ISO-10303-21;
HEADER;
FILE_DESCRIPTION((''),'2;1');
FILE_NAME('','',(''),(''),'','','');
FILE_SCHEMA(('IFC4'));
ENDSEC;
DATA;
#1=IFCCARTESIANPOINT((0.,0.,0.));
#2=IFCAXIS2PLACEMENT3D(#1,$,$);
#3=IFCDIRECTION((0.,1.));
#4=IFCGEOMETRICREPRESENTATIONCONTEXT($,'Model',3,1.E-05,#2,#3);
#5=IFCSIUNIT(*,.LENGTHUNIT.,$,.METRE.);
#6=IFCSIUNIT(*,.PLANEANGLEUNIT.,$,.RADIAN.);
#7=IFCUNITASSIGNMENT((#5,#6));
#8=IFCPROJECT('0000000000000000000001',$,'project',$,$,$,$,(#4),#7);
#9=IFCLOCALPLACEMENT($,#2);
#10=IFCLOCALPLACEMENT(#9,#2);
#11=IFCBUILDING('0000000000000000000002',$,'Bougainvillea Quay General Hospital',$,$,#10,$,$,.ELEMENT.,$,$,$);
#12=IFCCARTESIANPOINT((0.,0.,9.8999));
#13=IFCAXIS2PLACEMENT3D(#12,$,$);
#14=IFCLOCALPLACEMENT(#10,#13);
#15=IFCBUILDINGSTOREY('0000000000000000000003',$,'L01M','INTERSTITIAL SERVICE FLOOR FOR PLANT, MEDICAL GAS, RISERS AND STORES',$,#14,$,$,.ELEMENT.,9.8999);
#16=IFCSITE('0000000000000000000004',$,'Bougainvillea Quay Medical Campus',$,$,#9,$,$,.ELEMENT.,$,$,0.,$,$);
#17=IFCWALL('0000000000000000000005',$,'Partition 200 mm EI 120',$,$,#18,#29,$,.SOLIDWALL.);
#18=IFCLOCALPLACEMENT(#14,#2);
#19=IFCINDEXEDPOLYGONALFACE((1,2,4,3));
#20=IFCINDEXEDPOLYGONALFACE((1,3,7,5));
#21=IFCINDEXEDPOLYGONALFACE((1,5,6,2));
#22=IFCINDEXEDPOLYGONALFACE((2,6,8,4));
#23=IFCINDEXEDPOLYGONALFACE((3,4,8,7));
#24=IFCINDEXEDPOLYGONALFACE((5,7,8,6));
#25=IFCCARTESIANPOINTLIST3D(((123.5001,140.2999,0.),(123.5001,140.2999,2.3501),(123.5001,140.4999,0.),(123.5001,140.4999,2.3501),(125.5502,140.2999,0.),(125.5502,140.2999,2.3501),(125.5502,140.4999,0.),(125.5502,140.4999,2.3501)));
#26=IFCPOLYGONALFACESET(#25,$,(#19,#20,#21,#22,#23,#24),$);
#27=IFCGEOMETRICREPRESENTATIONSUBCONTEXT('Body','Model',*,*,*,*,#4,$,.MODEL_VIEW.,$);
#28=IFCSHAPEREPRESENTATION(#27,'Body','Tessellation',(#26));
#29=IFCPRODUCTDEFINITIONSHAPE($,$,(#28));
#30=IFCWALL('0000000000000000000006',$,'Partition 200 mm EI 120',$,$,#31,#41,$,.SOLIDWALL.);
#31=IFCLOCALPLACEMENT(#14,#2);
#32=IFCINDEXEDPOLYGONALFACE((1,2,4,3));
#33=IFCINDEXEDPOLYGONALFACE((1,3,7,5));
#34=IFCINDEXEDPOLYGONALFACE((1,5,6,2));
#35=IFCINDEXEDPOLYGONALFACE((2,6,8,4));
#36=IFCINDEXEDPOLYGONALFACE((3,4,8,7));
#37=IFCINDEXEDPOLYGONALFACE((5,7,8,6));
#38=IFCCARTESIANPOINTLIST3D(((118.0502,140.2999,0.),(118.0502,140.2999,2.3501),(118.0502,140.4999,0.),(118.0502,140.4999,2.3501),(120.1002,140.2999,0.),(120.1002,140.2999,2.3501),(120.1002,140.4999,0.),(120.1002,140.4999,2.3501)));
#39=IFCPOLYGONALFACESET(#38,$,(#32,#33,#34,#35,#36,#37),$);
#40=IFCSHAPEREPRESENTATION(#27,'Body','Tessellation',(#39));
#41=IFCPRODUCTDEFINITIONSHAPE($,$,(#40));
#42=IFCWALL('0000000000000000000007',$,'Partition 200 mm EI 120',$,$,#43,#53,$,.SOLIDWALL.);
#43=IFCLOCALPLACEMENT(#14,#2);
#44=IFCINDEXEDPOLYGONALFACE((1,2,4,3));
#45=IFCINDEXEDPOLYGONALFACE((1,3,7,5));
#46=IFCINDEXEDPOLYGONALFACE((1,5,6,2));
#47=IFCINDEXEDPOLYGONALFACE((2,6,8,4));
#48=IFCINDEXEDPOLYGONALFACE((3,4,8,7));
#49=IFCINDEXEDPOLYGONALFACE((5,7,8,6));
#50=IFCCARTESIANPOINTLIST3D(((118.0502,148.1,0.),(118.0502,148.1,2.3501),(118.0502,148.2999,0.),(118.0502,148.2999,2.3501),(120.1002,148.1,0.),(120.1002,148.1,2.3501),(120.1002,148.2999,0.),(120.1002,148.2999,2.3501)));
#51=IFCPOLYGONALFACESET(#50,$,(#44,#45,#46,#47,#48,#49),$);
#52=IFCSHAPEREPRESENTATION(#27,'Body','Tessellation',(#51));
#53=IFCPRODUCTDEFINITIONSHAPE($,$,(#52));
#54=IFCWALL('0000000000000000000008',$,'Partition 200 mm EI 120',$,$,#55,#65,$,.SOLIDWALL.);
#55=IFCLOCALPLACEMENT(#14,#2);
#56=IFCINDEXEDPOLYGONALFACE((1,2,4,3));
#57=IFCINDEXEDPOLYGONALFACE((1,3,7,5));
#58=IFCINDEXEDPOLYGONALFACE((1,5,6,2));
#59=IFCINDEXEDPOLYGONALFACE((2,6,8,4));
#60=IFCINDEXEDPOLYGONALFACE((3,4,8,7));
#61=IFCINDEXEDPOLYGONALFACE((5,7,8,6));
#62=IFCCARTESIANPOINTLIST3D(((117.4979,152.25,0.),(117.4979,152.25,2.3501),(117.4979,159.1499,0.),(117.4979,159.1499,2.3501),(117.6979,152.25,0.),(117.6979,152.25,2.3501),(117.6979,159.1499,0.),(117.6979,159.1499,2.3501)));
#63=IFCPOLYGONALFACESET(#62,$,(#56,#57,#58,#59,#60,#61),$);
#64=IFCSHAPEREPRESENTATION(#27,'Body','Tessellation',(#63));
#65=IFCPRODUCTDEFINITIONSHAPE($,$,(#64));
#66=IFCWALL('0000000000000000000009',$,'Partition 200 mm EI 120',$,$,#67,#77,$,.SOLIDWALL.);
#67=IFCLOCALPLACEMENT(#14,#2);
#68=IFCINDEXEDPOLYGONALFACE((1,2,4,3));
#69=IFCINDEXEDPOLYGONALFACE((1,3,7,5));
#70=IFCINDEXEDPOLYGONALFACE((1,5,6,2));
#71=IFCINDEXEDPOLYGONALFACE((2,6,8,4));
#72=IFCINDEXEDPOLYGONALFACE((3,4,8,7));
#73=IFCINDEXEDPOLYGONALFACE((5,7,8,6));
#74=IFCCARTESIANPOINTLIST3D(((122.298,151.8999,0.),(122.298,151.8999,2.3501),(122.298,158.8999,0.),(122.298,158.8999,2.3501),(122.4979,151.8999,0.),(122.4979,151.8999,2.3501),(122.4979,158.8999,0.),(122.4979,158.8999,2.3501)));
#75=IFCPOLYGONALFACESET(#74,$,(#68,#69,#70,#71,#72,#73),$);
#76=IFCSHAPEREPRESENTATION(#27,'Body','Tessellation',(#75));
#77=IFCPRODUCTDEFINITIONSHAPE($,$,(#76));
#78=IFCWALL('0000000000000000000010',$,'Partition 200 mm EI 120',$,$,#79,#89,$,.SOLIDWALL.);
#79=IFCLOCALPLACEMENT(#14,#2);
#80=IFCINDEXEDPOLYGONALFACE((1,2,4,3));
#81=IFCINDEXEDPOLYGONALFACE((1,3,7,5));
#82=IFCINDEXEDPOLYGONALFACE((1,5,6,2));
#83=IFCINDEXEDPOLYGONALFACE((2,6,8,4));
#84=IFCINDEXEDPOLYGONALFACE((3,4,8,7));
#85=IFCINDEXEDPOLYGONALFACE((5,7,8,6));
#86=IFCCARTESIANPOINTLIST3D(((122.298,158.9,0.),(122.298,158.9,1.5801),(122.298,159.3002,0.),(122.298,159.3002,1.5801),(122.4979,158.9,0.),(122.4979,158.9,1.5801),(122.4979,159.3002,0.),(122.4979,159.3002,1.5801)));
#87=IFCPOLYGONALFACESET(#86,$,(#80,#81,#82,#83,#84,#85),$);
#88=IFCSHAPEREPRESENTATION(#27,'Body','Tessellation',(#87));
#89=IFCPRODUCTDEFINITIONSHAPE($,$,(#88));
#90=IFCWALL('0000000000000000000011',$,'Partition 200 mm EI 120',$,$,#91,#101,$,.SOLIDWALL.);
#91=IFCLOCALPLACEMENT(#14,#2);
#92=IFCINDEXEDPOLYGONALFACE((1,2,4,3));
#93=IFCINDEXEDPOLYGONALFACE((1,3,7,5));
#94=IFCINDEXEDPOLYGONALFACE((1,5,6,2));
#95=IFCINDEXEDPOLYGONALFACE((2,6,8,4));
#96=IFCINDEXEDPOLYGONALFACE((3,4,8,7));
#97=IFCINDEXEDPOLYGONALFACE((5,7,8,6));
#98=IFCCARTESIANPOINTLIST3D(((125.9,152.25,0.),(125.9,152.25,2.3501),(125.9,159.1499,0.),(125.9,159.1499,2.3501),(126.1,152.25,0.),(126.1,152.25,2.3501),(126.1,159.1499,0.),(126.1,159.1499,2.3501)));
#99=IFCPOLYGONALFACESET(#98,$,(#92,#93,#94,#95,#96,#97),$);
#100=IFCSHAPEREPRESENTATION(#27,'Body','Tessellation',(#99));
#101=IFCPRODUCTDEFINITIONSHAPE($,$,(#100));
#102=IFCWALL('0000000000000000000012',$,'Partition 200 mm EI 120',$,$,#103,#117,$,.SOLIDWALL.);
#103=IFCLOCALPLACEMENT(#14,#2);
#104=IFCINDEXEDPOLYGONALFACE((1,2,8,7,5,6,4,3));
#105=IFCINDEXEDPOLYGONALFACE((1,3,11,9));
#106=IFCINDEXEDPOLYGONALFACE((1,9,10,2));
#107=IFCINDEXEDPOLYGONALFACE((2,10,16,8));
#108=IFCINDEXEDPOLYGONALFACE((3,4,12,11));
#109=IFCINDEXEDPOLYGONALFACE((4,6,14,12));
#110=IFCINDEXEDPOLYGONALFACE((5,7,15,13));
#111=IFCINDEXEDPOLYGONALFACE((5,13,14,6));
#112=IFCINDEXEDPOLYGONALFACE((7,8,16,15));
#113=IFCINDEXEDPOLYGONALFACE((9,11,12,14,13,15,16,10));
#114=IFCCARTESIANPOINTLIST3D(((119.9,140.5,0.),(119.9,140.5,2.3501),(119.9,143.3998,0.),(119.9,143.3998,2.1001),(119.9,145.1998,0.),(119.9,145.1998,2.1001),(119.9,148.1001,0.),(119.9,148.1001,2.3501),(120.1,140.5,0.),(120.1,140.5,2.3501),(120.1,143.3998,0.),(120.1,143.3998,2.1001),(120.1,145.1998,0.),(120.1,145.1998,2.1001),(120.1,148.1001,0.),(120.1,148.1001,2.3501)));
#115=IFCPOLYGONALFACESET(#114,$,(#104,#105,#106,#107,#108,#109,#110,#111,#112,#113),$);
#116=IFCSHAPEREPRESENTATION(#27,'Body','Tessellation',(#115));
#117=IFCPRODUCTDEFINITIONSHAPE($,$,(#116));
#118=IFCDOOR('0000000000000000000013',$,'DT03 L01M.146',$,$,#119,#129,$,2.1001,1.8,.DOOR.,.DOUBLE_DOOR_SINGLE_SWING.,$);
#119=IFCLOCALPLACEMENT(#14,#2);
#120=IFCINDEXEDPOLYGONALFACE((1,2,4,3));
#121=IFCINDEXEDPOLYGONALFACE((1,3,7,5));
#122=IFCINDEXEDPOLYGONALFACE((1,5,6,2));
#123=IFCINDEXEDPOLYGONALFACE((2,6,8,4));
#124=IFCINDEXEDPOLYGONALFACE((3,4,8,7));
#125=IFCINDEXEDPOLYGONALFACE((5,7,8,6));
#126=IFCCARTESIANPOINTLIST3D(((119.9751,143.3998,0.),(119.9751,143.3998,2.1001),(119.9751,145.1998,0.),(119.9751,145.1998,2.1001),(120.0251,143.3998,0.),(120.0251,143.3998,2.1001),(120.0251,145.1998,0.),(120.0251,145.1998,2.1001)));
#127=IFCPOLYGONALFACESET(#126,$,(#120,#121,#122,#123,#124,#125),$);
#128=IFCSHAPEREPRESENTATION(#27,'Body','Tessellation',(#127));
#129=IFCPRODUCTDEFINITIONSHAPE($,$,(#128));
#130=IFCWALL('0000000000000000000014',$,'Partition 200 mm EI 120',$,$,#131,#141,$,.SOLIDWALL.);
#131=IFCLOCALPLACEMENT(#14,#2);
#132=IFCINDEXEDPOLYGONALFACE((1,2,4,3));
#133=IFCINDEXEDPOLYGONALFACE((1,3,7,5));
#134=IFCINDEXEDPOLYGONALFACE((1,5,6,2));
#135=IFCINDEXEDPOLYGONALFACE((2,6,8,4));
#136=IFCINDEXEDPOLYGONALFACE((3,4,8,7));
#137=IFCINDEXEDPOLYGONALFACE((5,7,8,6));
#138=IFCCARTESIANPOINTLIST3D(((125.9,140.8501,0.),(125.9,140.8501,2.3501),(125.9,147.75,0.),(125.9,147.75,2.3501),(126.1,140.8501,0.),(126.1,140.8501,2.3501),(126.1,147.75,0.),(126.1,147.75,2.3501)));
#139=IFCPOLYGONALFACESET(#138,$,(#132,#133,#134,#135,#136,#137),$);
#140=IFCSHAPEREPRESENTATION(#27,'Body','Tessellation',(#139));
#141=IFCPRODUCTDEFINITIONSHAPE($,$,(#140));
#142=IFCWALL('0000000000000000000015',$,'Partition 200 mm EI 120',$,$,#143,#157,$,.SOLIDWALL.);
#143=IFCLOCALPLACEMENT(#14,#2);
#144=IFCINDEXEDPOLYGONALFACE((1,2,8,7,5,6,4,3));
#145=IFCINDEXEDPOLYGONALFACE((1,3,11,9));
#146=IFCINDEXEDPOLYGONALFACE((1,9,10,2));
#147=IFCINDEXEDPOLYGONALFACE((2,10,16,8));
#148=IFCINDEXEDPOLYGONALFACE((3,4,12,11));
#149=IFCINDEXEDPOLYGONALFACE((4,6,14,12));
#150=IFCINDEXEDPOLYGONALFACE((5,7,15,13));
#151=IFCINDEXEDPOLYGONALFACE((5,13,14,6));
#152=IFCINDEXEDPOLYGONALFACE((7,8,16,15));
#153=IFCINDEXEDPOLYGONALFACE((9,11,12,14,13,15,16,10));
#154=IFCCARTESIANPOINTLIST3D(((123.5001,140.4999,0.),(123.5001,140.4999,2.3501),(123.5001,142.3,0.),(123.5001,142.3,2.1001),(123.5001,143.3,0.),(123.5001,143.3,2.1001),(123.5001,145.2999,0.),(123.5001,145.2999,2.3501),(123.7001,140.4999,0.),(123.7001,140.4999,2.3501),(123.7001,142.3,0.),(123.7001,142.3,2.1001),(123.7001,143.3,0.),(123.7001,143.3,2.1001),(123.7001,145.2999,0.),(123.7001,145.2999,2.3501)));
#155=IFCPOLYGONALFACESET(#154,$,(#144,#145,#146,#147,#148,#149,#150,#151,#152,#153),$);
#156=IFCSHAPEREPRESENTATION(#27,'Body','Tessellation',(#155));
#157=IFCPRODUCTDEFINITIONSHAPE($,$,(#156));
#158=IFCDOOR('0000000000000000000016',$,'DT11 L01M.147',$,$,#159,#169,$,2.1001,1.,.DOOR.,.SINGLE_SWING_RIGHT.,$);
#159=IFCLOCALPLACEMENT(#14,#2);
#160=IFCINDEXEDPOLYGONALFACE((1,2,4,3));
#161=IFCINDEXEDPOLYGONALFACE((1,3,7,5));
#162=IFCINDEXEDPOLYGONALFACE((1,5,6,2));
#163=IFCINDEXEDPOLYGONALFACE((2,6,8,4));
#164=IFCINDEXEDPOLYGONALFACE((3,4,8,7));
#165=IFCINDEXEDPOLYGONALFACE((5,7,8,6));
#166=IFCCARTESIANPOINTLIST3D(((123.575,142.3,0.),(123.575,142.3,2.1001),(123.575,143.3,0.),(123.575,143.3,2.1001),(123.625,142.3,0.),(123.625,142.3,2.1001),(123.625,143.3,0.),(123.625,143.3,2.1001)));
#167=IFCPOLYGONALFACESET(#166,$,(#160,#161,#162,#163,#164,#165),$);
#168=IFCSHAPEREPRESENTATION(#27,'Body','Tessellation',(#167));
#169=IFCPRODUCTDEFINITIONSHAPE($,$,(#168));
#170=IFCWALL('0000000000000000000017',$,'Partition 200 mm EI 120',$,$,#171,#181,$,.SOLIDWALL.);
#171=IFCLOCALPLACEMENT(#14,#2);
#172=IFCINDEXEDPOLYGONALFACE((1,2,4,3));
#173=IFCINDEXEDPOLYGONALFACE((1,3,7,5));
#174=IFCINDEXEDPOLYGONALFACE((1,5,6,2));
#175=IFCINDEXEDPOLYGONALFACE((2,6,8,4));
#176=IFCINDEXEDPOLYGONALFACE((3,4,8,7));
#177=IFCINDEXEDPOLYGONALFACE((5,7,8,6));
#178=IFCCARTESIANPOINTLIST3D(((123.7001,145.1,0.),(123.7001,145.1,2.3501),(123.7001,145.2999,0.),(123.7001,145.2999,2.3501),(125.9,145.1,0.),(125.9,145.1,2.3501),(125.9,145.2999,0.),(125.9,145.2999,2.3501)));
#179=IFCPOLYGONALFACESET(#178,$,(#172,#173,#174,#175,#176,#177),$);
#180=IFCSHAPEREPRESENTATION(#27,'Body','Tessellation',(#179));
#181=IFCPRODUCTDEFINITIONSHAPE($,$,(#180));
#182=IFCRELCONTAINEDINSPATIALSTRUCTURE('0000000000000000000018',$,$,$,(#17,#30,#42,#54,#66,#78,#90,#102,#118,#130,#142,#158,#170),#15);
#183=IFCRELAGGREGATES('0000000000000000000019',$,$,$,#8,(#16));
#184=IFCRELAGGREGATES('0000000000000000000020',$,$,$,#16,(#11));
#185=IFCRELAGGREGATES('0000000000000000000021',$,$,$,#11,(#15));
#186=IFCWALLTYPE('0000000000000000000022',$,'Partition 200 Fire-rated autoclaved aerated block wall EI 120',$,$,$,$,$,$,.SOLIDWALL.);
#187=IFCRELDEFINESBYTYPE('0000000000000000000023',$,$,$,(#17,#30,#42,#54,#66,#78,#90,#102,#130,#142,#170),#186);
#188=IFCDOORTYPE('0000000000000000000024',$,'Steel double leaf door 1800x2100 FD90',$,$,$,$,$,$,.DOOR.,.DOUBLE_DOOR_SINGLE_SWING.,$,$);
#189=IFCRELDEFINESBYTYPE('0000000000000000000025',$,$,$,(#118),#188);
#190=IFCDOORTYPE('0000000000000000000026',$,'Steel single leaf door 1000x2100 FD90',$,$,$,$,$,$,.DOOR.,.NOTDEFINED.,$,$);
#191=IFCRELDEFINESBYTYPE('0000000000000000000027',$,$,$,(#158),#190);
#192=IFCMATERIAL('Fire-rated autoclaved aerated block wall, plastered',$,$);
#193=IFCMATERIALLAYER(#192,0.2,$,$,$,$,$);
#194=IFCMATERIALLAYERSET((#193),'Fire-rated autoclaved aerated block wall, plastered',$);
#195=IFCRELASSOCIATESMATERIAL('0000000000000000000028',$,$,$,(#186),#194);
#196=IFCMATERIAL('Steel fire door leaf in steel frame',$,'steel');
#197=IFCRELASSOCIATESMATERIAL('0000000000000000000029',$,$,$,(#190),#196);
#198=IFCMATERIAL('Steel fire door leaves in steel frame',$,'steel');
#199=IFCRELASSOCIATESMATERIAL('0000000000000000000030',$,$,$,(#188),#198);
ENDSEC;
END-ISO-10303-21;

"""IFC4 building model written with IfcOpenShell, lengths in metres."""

from ifc_helpers import new_model, si_unit, direction, frame, frame_2d, origin, place, context, subcontext, project, spatial, rectangle, extrude, material, layer, layer_set, type_object, element, fill, save


model = new_model("IFC4")

# Units and contexts
model_context = context("Model", 3, precision=1e-05, world=origin(), true_north=direction((0.0, 1.0)))
body_context = subcontext(model_context, "Body", "Model", "MODEL_VIEW")
ifc_project = project(units=[si_unit("LENGTHUNIT", "METRE"), si_unit("PLANEANGLEUNIT", "RADIAN")], contexts=[model_context])

# Site, building, storey
site_placement = place(None, origin())
site = spatial("IfcSite", under=ifc_project, at=site_placement, Name="Bougainvillea Quay Medical Campus", CompositionType="ELEMENT", RefElevation=0.0)
building_placement = place(site_placement, origin())
building = spatial("IfcBuilding", under=site, at=building_placement, Name="Bougainvillea Quay General Hospital", CompositionType="ELEMENT")
storey_placement = place(building_placement, frame((0.0, 0.0, 9.8999)))
storey = spatial("IfcBuildingStorey", under=building, at=storey_placement, Name="L01M", Description="INTERSTITIAL SERVICE FLOOR FOR PLANT, MEDICAL GAS, RISERS AND STORES", CompositionType="ELEMENT", Elevation=9.8999)

# Shared definitions
ifc_material_1 = material(Name="Fire-rated autoclaved aerated block wall, plastered")
ifc_layer_1 = layer(ifc_material_1, 0.2)
ifc_layer_set_1 = layer_set([ifc_layer_1], Name="Fire-rated autoclaved aerated block wall, plastered")
wall_type_1 = type_object("IfcWallType", Name="Partition 200 Fire-rated autoclaved aerated block wall EI 120", PredefinedType="SOLIDWALL", material=ifc_layer_set_1)
ifc_material_2 = material(Name="Steel fire door leaf in steel frame", Category="steel")
door_type_1 = type_object("IfcDoorType", Name="Steel single leaf door 1000x2100 FD90", OperationType="NOTDEFINED", PredefinedType="DOOR", material=ifc_material_2)

# Walls
for number, where, z_axis, x_axis, name in (
    (1, (125.55, 140.3999, 0.0), (0.0, 0.0, 1.0), (-1.0, 0.0, 0.0), "Partition 200 mm EI 120"),
    (2, (120.1001, 140.3999, 0.0), (0.0, 0.0, 1.0), (-1.0, 0.0, 0.0), "Partition 200 mm EI 120"),
    (3, (120.1001, 148.2, 0.0), (0.0, 0.0, 1.0), (-1.0, 0.0, 0.0), "Partition 200 mm EI 120"),
):
    element("IfcWall", number, at=place(storey_placement, frame(where, z_axis=z_axis, x_axis=x_axis)), inside=storey, type_object=wall_type_1, Name=name, PredefinedType="SOLIDWALL", context=body_context, shape_type="SweptSolid", body=[
        extrude(rectangle(XDim=2.05, YDim=0.2, at=frame_2d((1.0249, 0.0))), origin(), (0.0, 0.0, 1.0), 2.3501),
    ])
wall_1_placement = place(storey_placement, frame((117.5979, 152.25, 0.0), z_axis=(0.0, 0.0, 1.0), x_axis=(0.0, 1.0, 0.0)))
element("IfcWall", 4, at=wall_1_placement, inside=storey, type_object=wall_type_1, Name="Partition 200 mm EI 120", PredefinedType="SOLIDWALL", context=body_context, shape_type="SweptSolid", body=[
    extrude(rectangle(XDim=6.8999, YDim=0.2, at=frame_2d((3.45, 0.0))), origin(), (0.0, 0.0, 1.0), 2.3501),
])
wall_2_placement = place(storey_placement, frame((122.3979, 151.8999, 0.0), z_axis=(0.0, 0.0, 1.0), x_axis=(0.0, 1.0, 0.0)))
element("IfcWall", 5, at=wall_2_placement, inside=storey, type_object=wall_type_1, Name="Partition 200 mm EI 120", PredefinedType="SOLIDWALL", context=body_context, shape_type="SweptSolid", body=[
    extrude(rectangle(XDim=7.0, YDim=0.2, at=frame_2d((3.5, 0.0))), origin(), (0.0, 0.0, 1.0), 2.3501),
])
wall_3_placement = place(storey_placement, frame((122.3979, 158.8999, 0.0), z_axis=(0.0, 0.0, 1.0), x_axis=(0.0, 1.0, 0.0)))
element("IfcWall", 6, at=wall_3_placement, inside=storey, type_object=wall_type_1, Name="Partition 200 mm EI 120", PredefinedType="SOLIDWALL", context=body_context, shape_type="SweptSolid", body=[
    extrude(rectangle(XDim=0.4001, YDim=0.2, at=frame_2d((0.2002, 0.0))), origin(), (0.0, 0.0, 1.0), 1.5801),
])
wall_4_placement = place(storey_placement, frame((126.0, 152.25, 0.0), z_axis=(0.0, 0.0, 1.0), x_axis=(0.0, 1.0, 0.0)))
element("IfcWall", 7, at=wall_4_placement, inside=storey, type_object=wall_type_1, Name="Partition 200 mm EI 120", PredefinedType="SOLIDWALL", context=body_context, shape_type="SweptSolid", body=[
    extrude(rectangle(XDim=6.8999, YDim=0.2, at=frame_2d((3.45, 0.0))), origin(), (0.0, 0.0, 1.0), 2.3501),
])

# Wall, opening, door
wall_5_placement = place(storey_placement, frame((120.0, 140.5, 0.0), z_axis=(0.0, 0.0, 1.0), x_axis=(0.0, 1.0, 0.0)))
wall_5 = element("IfcWall", 8, at=wall_5_placement, inside=storey, type_object=wall_type_1, Name="Partition 200 mm EI 120", PredefinedType="SOLIDWALL", context=body_context, shape_type="SweptSolid", body=[
    extrude(rectangle(XDim=7.6001, YDim=0.2, at=frame_2d((3.8, 0.0))), origin(), (0.0, 0.0, 1.0), 2.3501),
])
opening_1_placement = place(wall_5_placement, frame((2.8999, 0.0, 0.0)))
opening_1 = element("IfcOpeningElement", 9, at=opening_1_placement, cuts=wall_5, PredefinedType="OPENING", context=body_context, shape_type="SweptSolid", body=[
    extrude(rectangle(XDim=1.8, YDim=2.1001, at=frame_2d((0.8999, 1.05))), frame((0.0, 0.1099, 0.0), z_axis=(0.0, -1.0, 0.0), x_axis=(1.0, 0.0, 0.0)), (0.0, 0.0, 1.0), 0.22),
])
ifc_material_3 = material(Name="Steel fire door leaves in steel frame", Category="steel")
door_type_2 = type_object("IfcDoorType", Name="Steel double leaf door 1800x2100 FD90", OperationType="DOUBLE_DOOR_SINGLE_SWING", PredefinedType="DOOR", material=ifc_material_3)
door_1_placement = place(opening_1_placement, origin())
door_1 = element("IfcDoor", 10, at=door_1_placement, inside=storey, type_object=door_type_2, Name="DT03 L01M.146", OperationType="DOUBLE_DOOR_SINGLE_SWING", OverallHeight=2.1001, OverallWidth=1.8, PredefinedType="DOOR", context=body_context, shape_type="SweptSolid", body=[
    extrude(rectangle(XDim=1.8, YDim=2.1001, at=frame_2d((0.8999, 1.05))), frame((0.0, 0.0249, 0.0), z_axis=(0.0, -1.0, 0.0), x_axis=(1.0, 0.0, 0.0)), (0.0, 0.0, 1.0), 0.05),
])
fill(opening_1, door_1)

# Wall
wall_6_placement = place(storey_placement, frame((126.0, 140.8501, 0.0), z_axis=(0.0, 0.0, 1.0), x_axis=(0.0, 1.0, 0.0)))
element("IfcWall", 11, at=wall_6_placement, inside=storey, type_object=wall_type_1, Name="Partition 200 mm EI 120", PredefinedType="SOLIDWALL", context=body_context, shape_type="SweptSolid", body=[
    extrude(rectangle(XDim=6.8999, YDim=0.2, at=frame_2d((3.45, 0.0))), origin(), (0.0, 0.0, 1.0), 2.3501),
])

# Wall, opening, door
wall_7_placement = place(storey_placement, frame((123.6001, 140.5, 0.0), z_axis=(0.0, 0.0, 1.0), x_axis=(0.0, 1.0, 0.0)))
wall_7 = element("IfcWall", 12, at=wall_7_placement, inside=storey, type_object=wall_type_1, Name="Partition 200 mm EI 120", PredefinedType="SOLIDWALL", context=body_context, shape_type="SweptSolid", body=[
    extrude(rectangle(XDim=4.8, YDim=0.2, at=frame_2d((2.3999, 0.0))), origin(), (0.0, 0.0, 1.0), 2.3501),
])
opening_2_placement = place(wall_7_placement, frame((1.8, 0.0, 0.0)))
opening_2 = element("IfcOpeningElement", 13, at=opening_2_placement, cuts=wall_7, PredefinedType="OPENING", context=body_context, shape_type="SweptSolid", body=[
    extrude(rectangle(XDim=1.0, YDim=2.1001, at=frame_2d((0.5, 1.05))), frame((0.0, 0.1099, 0.0), z_axis=(0.0, -1.0, 0.0), x_axis=(1.0, 0.0, 0.0)), (0.0, 0.0, 1.0), 0.22),
])
door_2_placement = place(opening_2_placement, frame((1.0, 0.0, 0.0), z_axis=(0.0, 0.0, 1.0), x_axis=(-1.0, 0.0, 0.0)))
door_2 = element("IfcDoor", 14, at=door_2_placement, inside=storey, type_object=door_type_1, Name="DT11 L01M.147", OperationType="SINGLE_SWING_RIGHT", OverallHeight=2.1001, OverallWidth=1.0, PredefinedType="DOOR", context=body_context, shape_type="SweptSolid", body=[
    extrude(rectangle(XDim=1.0, YDim=2.1001, at=frame_2d((0.5, 1.05))), frame((0.0, 0.0249, 0.0), z_axis=(0.0, -1.0, 0.0), x_axis=(1.0, 0.0, 0.0)), (0.0, 0.0, 1.0), 0.05),
])
fill(opening_2, door_2)

# Wall
wall_8_placement = place(storey_placement, frame((123.7, 145.2, 0.0), z_axis=(0.0, 0.0, 1.0), x_axis=(1.0, 0.0, 0.0)))
element("IfcWall", 15, at=wall_8_placement, inside=storey, type_object=wall_type_1, Name="Partition 200 mm EI 120", PredefinedType="SOLIDWALL", context=body_context, shape_type="SweptSolid", body=[
    extrude(rectangle(XDim=2.2, YDim=0.2, at=frame_2d((1.1001, 0.0))), origin(), (0.0, 0.0, 1.0), 2.3501),
])

save(model, "model.ifc")
